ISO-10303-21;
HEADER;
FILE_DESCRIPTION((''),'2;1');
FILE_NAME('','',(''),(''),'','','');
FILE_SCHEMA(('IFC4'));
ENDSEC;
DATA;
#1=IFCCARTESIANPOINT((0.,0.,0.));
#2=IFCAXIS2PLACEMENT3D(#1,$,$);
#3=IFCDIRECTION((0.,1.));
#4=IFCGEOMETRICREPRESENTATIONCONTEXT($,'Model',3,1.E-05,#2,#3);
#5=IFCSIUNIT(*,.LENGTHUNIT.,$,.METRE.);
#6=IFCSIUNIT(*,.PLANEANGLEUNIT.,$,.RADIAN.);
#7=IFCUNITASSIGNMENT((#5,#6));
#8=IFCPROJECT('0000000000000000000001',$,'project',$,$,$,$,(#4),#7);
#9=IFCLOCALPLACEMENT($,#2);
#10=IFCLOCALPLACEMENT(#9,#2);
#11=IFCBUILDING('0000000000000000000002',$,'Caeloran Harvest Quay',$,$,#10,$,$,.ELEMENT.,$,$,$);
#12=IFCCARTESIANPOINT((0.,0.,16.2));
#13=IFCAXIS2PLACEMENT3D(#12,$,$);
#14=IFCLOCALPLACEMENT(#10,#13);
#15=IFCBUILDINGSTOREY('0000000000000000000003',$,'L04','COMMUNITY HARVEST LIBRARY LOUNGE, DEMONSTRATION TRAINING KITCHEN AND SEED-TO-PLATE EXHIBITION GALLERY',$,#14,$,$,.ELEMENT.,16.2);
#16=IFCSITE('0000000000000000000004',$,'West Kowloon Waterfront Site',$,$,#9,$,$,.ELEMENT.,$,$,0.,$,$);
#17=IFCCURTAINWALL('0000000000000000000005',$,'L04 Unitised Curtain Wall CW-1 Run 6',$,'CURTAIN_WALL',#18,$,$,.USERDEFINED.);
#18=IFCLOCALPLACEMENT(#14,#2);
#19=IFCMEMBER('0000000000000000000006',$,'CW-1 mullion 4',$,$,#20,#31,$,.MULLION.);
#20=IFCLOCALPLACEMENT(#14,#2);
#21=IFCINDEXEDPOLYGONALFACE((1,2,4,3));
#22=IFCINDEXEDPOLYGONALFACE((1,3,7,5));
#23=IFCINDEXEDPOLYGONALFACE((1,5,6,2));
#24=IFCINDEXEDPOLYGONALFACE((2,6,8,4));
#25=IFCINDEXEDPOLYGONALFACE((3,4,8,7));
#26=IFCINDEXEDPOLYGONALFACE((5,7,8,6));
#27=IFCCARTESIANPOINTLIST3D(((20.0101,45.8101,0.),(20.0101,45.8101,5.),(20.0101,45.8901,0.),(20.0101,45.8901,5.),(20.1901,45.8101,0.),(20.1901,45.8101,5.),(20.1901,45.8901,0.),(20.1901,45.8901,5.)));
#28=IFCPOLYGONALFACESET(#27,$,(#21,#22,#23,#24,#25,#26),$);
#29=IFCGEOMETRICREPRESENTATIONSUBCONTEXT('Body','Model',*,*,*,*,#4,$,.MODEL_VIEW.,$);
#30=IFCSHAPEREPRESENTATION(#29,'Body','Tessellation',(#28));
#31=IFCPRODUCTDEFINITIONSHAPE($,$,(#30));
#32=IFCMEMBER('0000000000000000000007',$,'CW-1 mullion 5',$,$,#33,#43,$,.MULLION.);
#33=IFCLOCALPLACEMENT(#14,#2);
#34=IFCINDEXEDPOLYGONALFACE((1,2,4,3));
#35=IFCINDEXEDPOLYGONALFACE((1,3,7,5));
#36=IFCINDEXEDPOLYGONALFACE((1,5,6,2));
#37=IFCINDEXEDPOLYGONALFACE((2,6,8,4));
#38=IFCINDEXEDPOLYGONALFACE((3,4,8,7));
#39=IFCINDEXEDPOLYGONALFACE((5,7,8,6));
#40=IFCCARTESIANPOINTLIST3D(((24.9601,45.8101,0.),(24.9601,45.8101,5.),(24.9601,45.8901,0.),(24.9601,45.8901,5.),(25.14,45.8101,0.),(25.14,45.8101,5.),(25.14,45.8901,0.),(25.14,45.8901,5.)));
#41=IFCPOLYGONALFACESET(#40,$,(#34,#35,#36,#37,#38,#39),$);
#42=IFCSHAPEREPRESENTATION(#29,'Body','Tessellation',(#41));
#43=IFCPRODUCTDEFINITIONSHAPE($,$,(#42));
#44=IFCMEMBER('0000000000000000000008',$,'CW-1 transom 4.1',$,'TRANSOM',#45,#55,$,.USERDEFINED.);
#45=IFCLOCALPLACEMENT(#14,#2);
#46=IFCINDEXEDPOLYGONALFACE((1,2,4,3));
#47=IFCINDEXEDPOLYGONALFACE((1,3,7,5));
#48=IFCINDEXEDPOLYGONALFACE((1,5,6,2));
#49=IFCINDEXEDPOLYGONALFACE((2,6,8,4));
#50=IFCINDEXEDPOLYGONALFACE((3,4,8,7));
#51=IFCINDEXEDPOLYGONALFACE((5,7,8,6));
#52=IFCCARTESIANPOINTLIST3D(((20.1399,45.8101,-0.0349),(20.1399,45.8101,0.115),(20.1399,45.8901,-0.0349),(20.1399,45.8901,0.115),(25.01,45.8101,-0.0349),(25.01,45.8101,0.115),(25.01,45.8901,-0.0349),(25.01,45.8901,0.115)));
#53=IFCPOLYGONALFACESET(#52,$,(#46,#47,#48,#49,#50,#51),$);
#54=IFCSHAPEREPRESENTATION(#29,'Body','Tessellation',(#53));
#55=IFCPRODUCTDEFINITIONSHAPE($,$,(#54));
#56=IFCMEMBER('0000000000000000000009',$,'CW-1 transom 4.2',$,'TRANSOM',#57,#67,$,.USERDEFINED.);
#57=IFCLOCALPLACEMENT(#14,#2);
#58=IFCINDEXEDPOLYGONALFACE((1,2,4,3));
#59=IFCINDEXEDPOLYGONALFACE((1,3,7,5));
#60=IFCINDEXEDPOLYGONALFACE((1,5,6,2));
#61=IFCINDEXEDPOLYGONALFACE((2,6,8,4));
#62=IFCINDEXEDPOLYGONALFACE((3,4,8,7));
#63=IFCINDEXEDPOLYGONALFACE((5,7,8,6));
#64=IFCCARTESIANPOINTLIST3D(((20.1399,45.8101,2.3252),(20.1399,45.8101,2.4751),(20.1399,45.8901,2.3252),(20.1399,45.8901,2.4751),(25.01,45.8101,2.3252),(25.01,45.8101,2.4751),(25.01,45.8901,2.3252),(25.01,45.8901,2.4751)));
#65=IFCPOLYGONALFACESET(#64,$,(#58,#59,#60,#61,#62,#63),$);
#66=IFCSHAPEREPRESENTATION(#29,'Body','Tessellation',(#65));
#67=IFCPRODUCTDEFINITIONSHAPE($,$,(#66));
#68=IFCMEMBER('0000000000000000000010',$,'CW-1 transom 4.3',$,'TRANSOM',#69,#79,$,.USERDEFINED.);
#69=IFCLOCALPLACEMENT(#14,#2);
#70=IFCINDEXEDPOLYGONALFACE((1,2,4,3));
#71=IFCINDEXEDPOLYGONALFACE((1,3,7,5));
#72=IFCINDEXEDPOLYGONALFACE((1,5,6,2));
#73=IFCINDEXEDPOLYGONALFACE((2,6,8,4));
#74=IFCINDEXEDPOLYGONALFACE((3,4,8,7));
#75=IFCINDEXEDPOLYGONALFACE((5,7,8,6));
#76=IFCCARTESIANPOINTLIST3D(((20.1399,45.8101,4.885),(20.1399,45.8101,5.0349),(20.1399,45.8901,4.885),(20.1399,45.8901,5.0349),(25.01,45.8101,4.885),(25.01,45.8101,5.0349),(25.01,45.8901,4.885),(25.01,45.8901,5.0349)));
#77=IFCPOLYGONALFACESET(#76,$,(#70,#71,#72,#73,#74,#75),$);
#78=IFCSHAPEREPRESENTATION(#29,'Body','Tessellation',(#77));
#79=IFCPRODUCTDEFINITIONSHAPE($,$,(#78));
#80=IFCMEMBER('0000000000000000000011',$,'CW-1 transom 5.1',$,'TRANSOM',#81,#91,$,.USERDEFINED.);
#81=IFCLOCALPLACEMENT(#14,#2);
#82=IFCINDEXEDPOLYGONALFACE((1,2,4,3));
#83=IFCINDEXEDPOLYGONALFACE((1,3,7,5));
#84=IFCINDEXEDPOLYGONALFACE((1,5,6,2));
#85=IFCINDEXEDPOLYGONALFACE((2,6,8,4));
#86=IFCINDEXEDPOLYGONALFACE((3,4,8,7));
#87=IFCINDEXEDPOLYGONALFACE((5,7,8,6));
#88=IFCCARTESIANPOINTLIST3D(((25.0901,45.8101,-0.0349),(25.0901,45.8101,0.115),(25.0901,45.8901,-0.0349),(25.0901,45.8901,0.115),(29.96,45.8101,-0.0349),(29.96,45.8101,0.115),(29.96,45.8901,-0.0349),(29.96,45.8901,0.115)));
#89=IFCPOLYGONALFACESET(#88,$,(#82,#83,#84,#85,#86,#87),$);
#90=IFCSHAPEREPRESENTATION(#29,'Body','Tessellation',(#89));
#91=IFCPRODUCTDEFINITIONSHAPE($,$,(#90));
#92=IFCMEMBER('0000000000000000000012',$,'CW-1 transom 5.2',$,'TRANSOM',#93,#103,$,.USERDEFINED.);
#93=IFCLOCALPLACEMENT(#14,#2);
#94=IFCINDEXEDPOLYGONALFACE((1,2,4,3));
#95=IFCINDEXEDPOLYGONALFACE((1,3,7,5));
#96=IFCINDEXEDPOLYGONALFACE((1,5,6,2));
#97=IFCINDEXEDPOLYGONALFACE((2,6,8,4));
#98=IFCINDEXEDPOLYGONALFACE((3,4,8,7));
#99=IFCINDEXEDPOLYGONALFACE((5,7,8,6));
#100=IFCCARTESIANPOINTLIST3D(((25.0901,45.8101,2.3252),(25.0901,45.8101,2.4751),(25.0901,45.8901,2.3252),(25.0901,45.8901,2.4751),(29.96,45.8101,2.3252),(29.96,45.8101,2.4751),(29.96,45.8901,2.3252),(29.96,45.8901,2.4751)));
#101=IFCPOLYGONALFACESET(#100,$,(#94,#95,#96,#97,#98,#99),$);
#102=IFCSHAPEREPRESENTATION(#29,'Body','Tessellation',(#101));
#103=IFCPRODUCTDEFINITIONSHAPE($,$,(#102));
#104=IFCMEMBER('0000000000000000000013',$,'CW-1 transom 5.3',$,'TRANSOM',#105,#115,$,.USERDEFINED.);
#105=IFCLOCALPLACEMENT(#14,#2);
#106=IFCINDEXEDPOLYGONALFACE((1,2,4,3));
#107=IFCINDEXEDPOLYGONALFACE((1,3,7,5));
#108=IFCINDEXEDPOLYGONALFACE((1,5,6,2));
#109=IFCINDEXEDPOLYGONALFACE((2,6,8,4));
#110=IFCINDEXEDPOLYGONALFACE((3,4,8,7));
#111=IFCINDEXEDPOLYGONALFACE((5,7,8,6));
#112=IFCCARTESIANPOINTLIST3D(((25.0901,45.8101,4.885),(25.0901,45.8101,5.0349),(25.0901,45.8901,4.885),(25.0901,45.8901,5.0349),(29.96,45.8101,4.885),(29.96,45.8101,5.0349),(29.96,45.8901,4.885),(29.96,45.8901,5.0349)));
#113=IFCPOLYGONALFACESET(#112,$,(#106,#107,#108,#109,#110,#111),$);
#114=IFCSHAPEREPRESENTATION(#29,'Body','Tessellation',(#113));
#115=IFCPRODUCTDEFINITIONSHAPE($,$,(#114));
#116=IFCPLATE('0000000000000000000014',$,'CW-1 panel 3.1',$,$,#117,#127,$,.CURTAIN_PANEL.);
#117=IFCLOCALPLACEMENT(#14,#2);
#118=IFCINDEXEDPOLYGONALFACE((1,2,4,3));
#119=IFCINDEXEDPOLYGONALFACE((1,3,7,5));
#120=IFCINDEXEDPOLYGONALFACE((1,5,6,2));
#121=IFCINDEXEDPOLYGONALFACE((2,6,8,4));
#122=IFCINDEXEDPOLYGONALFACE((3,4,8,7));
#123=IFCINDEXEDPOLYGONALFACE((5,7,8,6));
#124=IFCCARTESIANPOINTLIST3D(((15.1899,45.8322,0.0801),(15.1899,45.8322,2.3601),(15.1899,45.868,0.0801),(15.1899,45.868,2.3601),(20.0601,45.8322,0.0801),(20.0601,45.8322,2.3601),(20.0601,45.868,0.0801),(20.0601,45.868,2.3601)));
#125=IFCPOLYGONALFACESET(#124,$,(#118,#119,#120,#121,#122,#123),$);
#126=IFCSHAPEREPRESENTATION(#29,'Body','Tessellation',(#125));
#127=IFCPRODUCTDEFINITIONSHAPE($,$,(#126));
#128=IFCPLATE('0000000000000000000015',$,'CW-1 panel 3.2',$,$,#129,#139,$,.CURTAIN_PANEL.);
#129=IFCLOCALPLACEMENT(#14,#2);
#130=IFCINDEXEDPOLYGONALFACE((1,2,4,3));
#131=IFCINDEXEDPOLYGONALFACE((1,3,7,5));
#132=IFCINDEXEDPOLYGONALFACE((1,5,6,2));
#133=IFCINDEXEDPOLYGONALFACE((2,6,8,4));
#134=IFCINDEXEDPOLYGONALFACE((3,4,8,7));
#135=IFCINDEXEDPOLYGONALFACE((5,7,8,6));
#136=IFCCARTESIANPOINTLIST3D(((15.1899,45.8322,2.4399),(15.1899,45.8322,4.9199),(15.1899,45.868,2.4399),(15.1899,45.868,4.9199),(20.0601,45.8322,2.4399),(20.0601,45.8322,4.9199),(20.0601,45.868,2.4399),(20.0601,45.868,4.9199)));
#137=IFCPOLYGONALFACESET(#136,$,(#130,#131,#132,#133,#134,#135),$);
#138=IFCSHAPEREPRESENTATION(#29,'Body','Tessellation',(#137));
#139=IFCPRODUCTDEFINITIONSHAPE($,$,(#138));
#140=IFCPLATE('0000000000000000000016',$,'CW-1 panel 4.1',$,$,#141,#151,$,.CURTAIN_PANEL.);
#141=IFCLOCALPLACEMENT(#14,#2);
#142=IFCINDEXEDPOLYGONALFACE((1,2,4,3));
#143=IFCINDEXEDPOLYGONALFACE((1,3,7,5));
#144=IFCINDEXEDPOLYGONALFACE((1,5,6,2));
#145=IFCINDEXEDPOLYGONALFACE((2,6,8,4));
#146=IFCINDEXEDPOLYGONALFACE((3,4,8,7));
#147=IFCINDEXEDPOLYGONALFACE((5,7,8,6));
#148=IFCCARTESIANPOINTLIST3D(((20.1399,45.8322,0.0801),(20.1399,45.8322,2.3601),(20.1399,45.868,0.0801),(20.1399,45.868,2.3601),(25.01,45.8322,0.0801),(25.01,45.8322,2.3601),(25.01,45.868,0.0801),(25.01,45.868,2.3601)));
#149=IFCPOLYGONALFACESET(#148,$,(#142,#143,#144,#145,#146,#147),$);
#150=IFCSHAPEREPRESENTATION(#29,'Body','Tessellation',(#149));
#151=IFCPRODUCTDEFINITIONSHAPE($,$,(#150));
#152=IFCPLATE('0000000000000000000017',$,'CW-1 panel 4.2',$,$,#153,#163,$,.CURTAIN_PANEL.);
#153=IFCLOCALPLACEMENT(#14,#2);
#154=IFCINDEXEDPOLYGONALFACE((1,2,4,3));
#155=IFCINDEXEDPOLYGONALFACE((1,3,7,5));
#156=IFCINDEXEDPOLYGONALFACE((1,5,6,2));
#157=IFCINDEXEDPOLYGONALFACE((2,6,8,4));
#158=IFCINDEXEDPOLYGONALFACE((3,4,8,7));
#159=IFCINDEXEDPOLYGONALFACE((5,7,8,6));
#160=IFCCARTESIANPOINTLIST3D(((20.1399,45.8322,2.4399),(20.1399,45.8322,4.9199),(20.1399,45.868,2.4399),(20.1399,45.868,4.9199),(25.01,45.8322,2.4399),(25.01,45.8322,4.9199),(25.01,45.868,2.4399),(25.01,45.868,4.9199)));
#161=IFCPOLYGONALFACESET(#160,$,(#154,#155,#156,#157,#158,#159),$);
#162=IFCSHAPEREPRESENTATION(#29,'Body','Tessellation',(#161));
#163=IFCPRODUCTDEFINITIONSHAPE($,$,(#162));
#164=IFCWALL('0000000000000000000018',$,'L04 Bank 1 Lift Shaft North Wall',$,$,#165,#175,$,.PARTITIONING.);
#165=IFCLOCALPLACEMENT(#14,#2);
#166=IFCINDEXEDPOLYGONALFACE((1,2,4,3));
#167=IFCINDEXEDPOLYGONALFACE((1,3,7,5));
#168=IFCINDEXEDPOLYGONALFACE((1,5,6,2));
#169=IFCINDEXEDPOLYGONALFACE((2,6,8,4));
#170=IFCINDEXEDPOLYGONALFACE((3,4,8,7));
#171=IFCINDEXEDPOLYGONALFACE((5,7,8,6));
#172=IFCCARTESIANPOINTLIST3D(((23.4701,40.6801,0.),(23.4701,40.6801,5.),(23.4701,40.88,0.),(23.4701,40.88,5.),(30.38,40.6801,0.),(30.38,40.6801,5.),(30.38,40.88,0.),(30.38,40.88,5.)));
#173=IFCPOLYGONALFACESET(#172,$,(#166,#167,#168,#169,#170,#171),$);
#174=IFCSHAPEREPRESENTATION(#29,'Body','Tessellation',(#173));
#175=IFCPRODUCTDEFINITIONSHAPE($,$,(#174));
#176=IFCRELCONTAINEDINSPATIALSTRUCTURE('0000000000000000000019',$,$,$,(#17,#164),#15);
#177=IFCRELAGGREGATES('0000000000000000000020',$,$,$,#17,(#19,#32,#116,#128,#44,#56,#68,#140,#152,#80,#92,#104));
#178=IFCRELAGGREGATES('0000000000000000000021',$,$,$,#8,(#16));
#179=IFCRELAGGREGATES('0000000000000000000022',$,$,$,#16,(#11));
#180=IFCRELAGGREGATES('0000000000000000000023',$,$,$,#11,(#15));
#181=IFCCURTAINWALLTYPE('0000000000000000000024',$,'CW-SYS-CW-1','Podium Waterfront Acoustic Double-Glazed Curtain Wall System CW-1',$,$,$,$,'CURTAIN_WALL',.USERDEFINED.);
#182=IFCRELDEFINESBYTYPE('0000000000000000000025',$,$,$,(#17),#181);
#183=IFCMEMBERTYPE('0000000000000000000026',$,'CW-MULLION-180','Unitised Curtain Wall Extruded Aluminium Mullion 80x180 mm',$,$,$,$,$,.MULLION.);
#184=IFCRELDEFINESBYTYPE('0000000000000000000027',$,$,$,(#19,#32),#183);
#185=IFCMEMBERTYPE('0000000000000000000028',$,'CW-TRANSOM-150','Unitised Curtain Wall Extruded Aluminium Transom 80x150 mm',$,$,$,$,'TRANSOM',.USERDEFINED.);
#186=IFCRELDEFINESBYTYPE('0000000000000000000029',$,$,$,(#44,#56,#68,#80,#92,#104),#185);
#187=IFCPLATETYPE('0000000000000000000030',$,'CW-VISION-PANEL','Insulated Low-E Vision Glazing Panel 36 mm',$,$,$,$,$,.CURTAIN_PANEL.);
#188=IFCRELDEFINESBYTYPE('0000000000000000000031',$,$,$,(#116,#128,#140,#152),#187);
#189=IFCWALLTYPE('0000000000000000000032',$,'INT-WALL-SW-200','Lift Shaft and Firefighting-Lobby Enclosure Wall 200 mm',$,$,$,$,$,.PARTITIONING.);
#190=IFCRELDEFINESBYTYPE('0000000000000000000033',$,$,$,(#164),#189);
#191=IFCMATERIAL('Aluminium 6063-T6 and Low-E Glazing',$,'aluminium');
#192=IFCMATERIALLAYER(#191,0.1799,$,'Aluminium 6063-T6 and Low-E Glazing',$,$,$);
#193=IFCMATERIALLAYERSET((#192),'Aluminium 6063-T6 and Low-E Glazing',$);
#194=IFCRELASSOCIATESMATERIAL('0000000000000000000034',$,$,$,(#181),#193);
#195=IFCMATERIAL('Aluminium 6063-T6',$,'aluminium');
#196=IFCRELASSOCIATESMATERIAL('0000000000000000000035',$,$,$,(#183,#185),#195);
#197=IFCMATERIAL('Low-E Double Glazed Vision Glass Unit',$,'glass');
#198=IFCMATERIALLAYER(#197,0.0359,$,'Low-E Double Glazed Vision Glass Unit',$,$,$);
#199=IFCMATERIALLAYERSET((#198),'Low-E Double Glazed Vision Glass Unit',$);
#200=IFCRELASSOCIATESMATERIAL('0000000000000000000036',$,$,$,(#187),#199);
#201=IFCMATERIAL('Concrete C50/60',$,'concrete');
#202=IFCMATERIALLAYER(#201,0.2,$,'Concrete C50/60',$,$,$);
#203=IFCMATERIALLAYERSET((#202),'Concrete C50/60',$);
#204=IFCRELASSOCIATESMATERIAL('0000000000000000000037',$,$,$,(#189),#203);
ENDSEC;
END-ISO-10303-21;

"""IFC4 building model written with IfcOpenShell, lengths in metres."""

from ifc_helpers import new_model, si_unit, direction, frame, frame_2d, origin, origin_2d, place, context, subcontext, project, spatial, rectangle, extrude, material, layer, layer_set, material_profile, profile_set, type_object, element, aggregate, save


model = new_model("IFC4")

# Units and contexts
model_context = context("Model", 3, precision=1e-05, world=origin(), true_north=direction((0.0, 1.0)))
body_context = subcontext(model_context, "Body", "Model", "MODEL_VIEW")
ifc_project = project(units=[si_unit("LENGTHUNIT", "METRE"), si_unit("PLANEANGLEUNIT", "RADIAN")], contexts=[model_context])

# Site, building, storey
site_placement = place(None, origin())
site = spatial("IfcSite", under=ifc_project, at=site_placement, Name="West Kowloon Waterfront Site", CompositionType="ELEMENT", RefElevation=0.0)
building_placement = place(site_placement, origin())
building = spatial("IfcBuilding", under=site, at=building_placement, Name="Caeloran Harvest Quay", CompositionType="ELEMENT")
storey_placement = place(building_placement, frame((0.0, 0.0, 16.2)))
storey = spatial("IfcBuildingStorey", under=building, at=storey_placement, Name="L04", Description="COMMUNITY HARVEST LIBRARY LOUNGE, DEMONSTRATION TRAINING KITCHEN AND SEED-TO-PLATE EXHIBITION GALLERY", CompositionType="ELEMENT", Elevation=16.2)

# Curtain wall, members, plates
ifc_material_1 = material(Name="Aluminium 6063-T6 and Low-E Glazing", Category="aluminium")
ifc_layer_1 = layer(ifc_material_1, 0.1799, Name="Aluminium 6063-T6 and Low-E Glazing")
ifc_layer_set_1 = layer_set([ifc_layer_1], Name="Aluminium 6063-T6 and Low-E Glazing")
curtain_wall_type = type_object("IfcCurtainWallType", Name="CW-SYS-CW-1", Description="Podium Waterfront Acoustic Double-Glazed Curtain Wall System CW-1", ElementType="CURTAIN_WALL", PredefinedType="USERDEFINED", material=ifc_layer_set_1)
curtain_wall_placement = place(storey_placement, origin())
curtain_wall = element("IfcCurtainWall", 1, at=curtain_wall_placement, inside=storey, type_object=curtain_wall_type, Name="L04 Unitised Curtain Wall CW-1 Run 6", ObjectType="CURTAIN_WALL", PredefinedType="USERDEFINED")
ifc_material_2 = material(Name="Aluminium 6063-T6", Category="aluminium")
ifc_material_profile_1 = material_profile(ifc_material_2, rectangle(XDim=0.0801, YDim=0.1799, at=origin_2d()), Name="CW-MULLION-180")
ifc_profile_set_1 = profile_set([ifc_material_profile_1], Name="Aluminium 6063-T6")
member_type_1 = type_object("IfcMemberType", Name="CW-MULLION-180", Description="Unitised Curtain Wall Extruded Aluminium Mullion 80x180 mm", PredefinedType="MULLION", material=ifc_profile_set_1)
member_1_placement = place(storey_placement, frame((20.1001, 45.8501, 0.0), z_axis=(0.0, 0.0, 1.0), x_axis=(0.0, 1.0, 0.0)))
member_1 = element("IfcMember", 2, at=member_1_placement, type_object=member_type_1, Name="CW-1 mullion 4", PredefinedType="MULLION", context=body_context, shape_type="SweptSolid", body=[
    extrude(rectangle(XDim=0.0801, YDim=0.1799, at=origin_2d()), origin(), (0.0, 0.0, 1.0), 5.0),
])
member_2_placement = place(storey_placement, frame((25.05, 45.8501, 0.0), z_axis=(0.0, 0.0, 1.0), x_axis=(0.0, 1.0, 0.0)))
member_2 = element("IfcMember", 3, at=member_2_placement, type_object=member_type_1, Name="CW-1 mullion 5", PredefinedType="MULLION", context=body_context, shape_type="SweptSolid", body=[
    extrude(rectangle(XDim=0.0801, YDim=0.1799, at=origin_2d()), origin(), (0.0, 0.0, 1.0), 5.0),
])
ifc_material_profile_2 = material_profile(ifc_material_2, rectangle(XDim=0.0801, YDim=0.1499, at=origin_2d()), Name="CW-TRANSOM-150")
ifc_profile_set_2 = profile_set([ifc_material_profile_2], Name="Aluminium 6063-T6")
member_type_2 = type_object("IfcMemberType", Name="CW-TRANSOM-150", Description="Unitised Curtain Wall Extruded Aluminium Transom 80x150 mm", ElementType="TRANSOM", PredefinedType="USERDEFINED", material=ifc_profile_set_2)
member_3_placement = place(storey_placement, frame((20.1399, 45.8501, 0.04), z_axis=(1.0, 0.0, 0.0), x_axis=(0.0, 1.0, 0.0)))
member_3 = element("IfcMember", 4, at=member_3_placement, type_object=member_type_2, Name="CW-1 transom 4.1", ObjectType="TRANSOM", PredefinedType="USERDEFINED", context=body_context, shape_type="SweptSolid", body=[
    extrude(rectangle(XDim=0.0801, YDim=0.1499, at=origin_2d()), origin(), (0.0, 0.0, 1.0), 4.8701),
])
member_4_placement = place(storey_placement, frame((20.1399, 45.8501, 2.4001), z_axis=(1.0, 0.0, 0.0), x_axis=(0.0, 1.0, 0.0)))
member_4 = element("IfcMember", 5, at=member_4_placement, type_object=member_type_2, Name="CW-1 transom 4.2", ObjectType="TRANSOM", PredefinedType="USERDEFINED", context=body_context, shape_type="SweptSolid", body=[
    extrude(rectangle(XDim=0.0801, YDim=0.1499, at=origin_2d()), origin(), (0.0, 0.0, 1.0), 4.8701),
])
member_5_placement = place(storey_placement, frame((20.1399, 45.8501, 4.96), z_axis=(1.0, 0.0, 0.0), x_axis=(0.0, 1.0, 0.0)))
member_5 = element("IfcMember", 6, at=member_5_placement, type_object=member_type_2, Name="CW-1 transom 4.3", ObjectType="TRANSOM", PredefinedType="USERDEFINED", context=body_context, shape_type="SweptSolid", body=[
    extrude(rectangle(XDim=0.0801, YDim=0.1499, at=origin_2d()), origin(), (0.0, 0.0, 1.0), 4.8701),
])
member_6_placement = place(storey_placement, frame((25.0901, 45.8501, 0.04), z_axis=(1.0, 0.0, 0.0), x_axis=(0.0, 1.0, 0.0)))
member_6 = element("IfcMember", 7, at=member_6_placement, type_object=member_type_2, Name="CW-1 transom 5.1", ObjectType="TRANSOM", PredefinedType="USERDEFINED", context=body_context, shape_type="SweptSolid", body=[
    extrude(rectangle(XDim=0.0801, YDim=0.1499, at=origin_2d()), origin(), (0.0, 0.0, 1.0), 4.8699),
])
member_7_placement = place(storey_placement, frame((25.0901, 45.8501, 2.4001), z_axis=(1.0, 0.0, 0.0), x_axis=(0.0, 1.0, 0.0)))
member_7 = element("IfcMember", 8, at=member_7_placement, type_object=member_type_2, Name="CW-1 transom 5.2", ObjectType="TRANSOM", PredefinedType="USERDEFINED", context=body_context, shape_type="SweptSolid", body=[
    extrude(rectangle(XDim=0.0801, YDim=0.1499, at=origin_2d()), origin(), (0.0, 0.0, 1.0), 4.8699),
])
member_8_placement = place(storey_placement, frame((25.0901, 45.8501, 4.96), z_axis=(1.0, 0.0, 0.0), x_axis=(0.0, 1.0, 0.0)))
member_8 = element("IfcMember", 9, at=member_8_placement, type_object=member_type_2, Name="CW-1 transom 5.3", ObjectType="TRANSOM", PredefinedType="USERDEFINED", context=body_context, shape_type="SweptSolid", body=[
    extrude(rectangle(XDim=0.0801, YDim=0.1499, at=origin_2d()), origin(), (0.0, 0.0, 1.0), 4.8699),
])
ifc_material_3 = material(Name="Low-E Double Glazed Vision Glass Unit", Category="glass")
ifc_layer_2 = layer(ifc_material_3, 0.0359, Name="Low-E Double Glazed Vision Glass Unit")
ifc_layer_set_2 = layer_set([ifc_layer_2], Name="Low-E Double Glazed Vision Glass Unit")
plate_type = type_object("IfcPlateType", Name="CW-VISION-PANEL", Description="Insulated Low-E Vision Glazing Panel 36 mm", PredefinedType="CURTAIN_PANEL", material=ifc_layer_set_2)
plate_1_placement = place(storey_placement, frame((17.625, 45.8501, 0.0801), z_axis=(0.0, 0.0, 1.0), x_axis=(1.0, 0.0, 0.0)))
plate_1 = element("IfcPlate", 10, at=plate_1_placement, type_object=plate_type, Name="CW-1 panel 3.1", PredefinedType="CURTAIN_PANEL", context=body_context, shape_type="SweptSolid", body=[
    extrude(rectangle(XDim=4.8701, YDim=0.0359, at=origin_2d()), origin(), (0.0, 0.0, 1.0), 2.28),
])
plate_2_placement = place(storey_placement, frame((17.625, 45.8501, 2.4399), z_axis=(0.0, 0.0, 1.0), x_axis=(1.0, 0.0, 0.0)))
plate_2 = element("IfcPlate", 11, at=plate_2_placement, type_object=plate_type, Name="CW-1 panel 3.2", PredefinedType="CURTAIN_PANEL", context=body_context, shape_type="SweptSolid", body=[
    extrude(rectangle(XDim=4.8701, YDim=0.0359, at=origin_2d()), origin(), (0.0, 0.0, 1.0), 2.48),
])
plate_3_placement = place(storey_placement, frame((22.575, 45.8501, 0.0801), z_axis=(0.0, 0.0, 1.0), x_axis=(1.0, 0.0, 0.0)))
plate_3 = element("IfcPlate", 12, at=plate_3_placement, type_object=plate_type, Name="CW-1 panel 4.1", PredefinedType="CURTAIN_PANEL", context=body_context, shape_type="SweptSolid", body=[
    extrude(rectangle(XDim=4.8701, YDim=0.0359, at=origin_2d()), origin(), (0.0, 0.0, 1.0), 2.28),
])
plate_4_placement = place(storey_placement, frame((22.575, 45.8501, 2.4399), z_axis=(0.0, 0.0, 1.0), x_axis=(1.0, 0.0, 0.0)))
plate_4 = element("IfcPlate", 13, at=plate_4_placement, type_object=plate_type, Name="CW-1 panel 4.2", PredefinedType="CURTAIN_PANEL", context=body_context, shape_type="SweptSolid", body=[
    extrude(rectangle(XDim=4.8701, YDim=0.0359, at=origin_2d()), origin(), (0.0, 0.0, 1.0), 2.48),
])
aggregate(curtain_wall, [member_1, member_2, plate_1, plate_2, member_3, member_4, member_5, plate_3, plate_4, member_6, member_7, member_8])

# Wall
ifc_material_4 = material(Name="Concrete C50/60", Category="concrete")
ifc_layer_3 = layer(ifc_material_4, 0.2, Name="Concrete C50/60")
ifc_layer_set_3 = layer_set([ifc_layer_3], Name="Concrete C50/60")
wall_type = type_object("IfcWallType", Name="INT-WALL-SW-200", Description="Lift Shaft and Firefighting-Lobby Enclosure Wall 200 mm", PredefinedType="PARTITIONING", material=ifc_layer_set_3)
wall_placement = place(storey_placement, frame((23.47, 40.78, 0.0), z_axis=(0.0, 0.0, 1.0), x_axis=(1.0, 0.0, 0.0)))
element("IfcWall", 14, at=wall_placement, inside=storey, type_object=wall_type, Name="L04 Bank 1 Lift Shaft North Wall", PredefinedType="PARTITIONING", context=body_context, shape_type="SweptSolid", body=[
    extrude(rectangle(XDim=6.9099, YDim=0.2, at=frame_2d((3.4551, 0.0))), origin(), (0.0, 0.0, 1.0), 5.0),
])

save(model, "model.ifc")
